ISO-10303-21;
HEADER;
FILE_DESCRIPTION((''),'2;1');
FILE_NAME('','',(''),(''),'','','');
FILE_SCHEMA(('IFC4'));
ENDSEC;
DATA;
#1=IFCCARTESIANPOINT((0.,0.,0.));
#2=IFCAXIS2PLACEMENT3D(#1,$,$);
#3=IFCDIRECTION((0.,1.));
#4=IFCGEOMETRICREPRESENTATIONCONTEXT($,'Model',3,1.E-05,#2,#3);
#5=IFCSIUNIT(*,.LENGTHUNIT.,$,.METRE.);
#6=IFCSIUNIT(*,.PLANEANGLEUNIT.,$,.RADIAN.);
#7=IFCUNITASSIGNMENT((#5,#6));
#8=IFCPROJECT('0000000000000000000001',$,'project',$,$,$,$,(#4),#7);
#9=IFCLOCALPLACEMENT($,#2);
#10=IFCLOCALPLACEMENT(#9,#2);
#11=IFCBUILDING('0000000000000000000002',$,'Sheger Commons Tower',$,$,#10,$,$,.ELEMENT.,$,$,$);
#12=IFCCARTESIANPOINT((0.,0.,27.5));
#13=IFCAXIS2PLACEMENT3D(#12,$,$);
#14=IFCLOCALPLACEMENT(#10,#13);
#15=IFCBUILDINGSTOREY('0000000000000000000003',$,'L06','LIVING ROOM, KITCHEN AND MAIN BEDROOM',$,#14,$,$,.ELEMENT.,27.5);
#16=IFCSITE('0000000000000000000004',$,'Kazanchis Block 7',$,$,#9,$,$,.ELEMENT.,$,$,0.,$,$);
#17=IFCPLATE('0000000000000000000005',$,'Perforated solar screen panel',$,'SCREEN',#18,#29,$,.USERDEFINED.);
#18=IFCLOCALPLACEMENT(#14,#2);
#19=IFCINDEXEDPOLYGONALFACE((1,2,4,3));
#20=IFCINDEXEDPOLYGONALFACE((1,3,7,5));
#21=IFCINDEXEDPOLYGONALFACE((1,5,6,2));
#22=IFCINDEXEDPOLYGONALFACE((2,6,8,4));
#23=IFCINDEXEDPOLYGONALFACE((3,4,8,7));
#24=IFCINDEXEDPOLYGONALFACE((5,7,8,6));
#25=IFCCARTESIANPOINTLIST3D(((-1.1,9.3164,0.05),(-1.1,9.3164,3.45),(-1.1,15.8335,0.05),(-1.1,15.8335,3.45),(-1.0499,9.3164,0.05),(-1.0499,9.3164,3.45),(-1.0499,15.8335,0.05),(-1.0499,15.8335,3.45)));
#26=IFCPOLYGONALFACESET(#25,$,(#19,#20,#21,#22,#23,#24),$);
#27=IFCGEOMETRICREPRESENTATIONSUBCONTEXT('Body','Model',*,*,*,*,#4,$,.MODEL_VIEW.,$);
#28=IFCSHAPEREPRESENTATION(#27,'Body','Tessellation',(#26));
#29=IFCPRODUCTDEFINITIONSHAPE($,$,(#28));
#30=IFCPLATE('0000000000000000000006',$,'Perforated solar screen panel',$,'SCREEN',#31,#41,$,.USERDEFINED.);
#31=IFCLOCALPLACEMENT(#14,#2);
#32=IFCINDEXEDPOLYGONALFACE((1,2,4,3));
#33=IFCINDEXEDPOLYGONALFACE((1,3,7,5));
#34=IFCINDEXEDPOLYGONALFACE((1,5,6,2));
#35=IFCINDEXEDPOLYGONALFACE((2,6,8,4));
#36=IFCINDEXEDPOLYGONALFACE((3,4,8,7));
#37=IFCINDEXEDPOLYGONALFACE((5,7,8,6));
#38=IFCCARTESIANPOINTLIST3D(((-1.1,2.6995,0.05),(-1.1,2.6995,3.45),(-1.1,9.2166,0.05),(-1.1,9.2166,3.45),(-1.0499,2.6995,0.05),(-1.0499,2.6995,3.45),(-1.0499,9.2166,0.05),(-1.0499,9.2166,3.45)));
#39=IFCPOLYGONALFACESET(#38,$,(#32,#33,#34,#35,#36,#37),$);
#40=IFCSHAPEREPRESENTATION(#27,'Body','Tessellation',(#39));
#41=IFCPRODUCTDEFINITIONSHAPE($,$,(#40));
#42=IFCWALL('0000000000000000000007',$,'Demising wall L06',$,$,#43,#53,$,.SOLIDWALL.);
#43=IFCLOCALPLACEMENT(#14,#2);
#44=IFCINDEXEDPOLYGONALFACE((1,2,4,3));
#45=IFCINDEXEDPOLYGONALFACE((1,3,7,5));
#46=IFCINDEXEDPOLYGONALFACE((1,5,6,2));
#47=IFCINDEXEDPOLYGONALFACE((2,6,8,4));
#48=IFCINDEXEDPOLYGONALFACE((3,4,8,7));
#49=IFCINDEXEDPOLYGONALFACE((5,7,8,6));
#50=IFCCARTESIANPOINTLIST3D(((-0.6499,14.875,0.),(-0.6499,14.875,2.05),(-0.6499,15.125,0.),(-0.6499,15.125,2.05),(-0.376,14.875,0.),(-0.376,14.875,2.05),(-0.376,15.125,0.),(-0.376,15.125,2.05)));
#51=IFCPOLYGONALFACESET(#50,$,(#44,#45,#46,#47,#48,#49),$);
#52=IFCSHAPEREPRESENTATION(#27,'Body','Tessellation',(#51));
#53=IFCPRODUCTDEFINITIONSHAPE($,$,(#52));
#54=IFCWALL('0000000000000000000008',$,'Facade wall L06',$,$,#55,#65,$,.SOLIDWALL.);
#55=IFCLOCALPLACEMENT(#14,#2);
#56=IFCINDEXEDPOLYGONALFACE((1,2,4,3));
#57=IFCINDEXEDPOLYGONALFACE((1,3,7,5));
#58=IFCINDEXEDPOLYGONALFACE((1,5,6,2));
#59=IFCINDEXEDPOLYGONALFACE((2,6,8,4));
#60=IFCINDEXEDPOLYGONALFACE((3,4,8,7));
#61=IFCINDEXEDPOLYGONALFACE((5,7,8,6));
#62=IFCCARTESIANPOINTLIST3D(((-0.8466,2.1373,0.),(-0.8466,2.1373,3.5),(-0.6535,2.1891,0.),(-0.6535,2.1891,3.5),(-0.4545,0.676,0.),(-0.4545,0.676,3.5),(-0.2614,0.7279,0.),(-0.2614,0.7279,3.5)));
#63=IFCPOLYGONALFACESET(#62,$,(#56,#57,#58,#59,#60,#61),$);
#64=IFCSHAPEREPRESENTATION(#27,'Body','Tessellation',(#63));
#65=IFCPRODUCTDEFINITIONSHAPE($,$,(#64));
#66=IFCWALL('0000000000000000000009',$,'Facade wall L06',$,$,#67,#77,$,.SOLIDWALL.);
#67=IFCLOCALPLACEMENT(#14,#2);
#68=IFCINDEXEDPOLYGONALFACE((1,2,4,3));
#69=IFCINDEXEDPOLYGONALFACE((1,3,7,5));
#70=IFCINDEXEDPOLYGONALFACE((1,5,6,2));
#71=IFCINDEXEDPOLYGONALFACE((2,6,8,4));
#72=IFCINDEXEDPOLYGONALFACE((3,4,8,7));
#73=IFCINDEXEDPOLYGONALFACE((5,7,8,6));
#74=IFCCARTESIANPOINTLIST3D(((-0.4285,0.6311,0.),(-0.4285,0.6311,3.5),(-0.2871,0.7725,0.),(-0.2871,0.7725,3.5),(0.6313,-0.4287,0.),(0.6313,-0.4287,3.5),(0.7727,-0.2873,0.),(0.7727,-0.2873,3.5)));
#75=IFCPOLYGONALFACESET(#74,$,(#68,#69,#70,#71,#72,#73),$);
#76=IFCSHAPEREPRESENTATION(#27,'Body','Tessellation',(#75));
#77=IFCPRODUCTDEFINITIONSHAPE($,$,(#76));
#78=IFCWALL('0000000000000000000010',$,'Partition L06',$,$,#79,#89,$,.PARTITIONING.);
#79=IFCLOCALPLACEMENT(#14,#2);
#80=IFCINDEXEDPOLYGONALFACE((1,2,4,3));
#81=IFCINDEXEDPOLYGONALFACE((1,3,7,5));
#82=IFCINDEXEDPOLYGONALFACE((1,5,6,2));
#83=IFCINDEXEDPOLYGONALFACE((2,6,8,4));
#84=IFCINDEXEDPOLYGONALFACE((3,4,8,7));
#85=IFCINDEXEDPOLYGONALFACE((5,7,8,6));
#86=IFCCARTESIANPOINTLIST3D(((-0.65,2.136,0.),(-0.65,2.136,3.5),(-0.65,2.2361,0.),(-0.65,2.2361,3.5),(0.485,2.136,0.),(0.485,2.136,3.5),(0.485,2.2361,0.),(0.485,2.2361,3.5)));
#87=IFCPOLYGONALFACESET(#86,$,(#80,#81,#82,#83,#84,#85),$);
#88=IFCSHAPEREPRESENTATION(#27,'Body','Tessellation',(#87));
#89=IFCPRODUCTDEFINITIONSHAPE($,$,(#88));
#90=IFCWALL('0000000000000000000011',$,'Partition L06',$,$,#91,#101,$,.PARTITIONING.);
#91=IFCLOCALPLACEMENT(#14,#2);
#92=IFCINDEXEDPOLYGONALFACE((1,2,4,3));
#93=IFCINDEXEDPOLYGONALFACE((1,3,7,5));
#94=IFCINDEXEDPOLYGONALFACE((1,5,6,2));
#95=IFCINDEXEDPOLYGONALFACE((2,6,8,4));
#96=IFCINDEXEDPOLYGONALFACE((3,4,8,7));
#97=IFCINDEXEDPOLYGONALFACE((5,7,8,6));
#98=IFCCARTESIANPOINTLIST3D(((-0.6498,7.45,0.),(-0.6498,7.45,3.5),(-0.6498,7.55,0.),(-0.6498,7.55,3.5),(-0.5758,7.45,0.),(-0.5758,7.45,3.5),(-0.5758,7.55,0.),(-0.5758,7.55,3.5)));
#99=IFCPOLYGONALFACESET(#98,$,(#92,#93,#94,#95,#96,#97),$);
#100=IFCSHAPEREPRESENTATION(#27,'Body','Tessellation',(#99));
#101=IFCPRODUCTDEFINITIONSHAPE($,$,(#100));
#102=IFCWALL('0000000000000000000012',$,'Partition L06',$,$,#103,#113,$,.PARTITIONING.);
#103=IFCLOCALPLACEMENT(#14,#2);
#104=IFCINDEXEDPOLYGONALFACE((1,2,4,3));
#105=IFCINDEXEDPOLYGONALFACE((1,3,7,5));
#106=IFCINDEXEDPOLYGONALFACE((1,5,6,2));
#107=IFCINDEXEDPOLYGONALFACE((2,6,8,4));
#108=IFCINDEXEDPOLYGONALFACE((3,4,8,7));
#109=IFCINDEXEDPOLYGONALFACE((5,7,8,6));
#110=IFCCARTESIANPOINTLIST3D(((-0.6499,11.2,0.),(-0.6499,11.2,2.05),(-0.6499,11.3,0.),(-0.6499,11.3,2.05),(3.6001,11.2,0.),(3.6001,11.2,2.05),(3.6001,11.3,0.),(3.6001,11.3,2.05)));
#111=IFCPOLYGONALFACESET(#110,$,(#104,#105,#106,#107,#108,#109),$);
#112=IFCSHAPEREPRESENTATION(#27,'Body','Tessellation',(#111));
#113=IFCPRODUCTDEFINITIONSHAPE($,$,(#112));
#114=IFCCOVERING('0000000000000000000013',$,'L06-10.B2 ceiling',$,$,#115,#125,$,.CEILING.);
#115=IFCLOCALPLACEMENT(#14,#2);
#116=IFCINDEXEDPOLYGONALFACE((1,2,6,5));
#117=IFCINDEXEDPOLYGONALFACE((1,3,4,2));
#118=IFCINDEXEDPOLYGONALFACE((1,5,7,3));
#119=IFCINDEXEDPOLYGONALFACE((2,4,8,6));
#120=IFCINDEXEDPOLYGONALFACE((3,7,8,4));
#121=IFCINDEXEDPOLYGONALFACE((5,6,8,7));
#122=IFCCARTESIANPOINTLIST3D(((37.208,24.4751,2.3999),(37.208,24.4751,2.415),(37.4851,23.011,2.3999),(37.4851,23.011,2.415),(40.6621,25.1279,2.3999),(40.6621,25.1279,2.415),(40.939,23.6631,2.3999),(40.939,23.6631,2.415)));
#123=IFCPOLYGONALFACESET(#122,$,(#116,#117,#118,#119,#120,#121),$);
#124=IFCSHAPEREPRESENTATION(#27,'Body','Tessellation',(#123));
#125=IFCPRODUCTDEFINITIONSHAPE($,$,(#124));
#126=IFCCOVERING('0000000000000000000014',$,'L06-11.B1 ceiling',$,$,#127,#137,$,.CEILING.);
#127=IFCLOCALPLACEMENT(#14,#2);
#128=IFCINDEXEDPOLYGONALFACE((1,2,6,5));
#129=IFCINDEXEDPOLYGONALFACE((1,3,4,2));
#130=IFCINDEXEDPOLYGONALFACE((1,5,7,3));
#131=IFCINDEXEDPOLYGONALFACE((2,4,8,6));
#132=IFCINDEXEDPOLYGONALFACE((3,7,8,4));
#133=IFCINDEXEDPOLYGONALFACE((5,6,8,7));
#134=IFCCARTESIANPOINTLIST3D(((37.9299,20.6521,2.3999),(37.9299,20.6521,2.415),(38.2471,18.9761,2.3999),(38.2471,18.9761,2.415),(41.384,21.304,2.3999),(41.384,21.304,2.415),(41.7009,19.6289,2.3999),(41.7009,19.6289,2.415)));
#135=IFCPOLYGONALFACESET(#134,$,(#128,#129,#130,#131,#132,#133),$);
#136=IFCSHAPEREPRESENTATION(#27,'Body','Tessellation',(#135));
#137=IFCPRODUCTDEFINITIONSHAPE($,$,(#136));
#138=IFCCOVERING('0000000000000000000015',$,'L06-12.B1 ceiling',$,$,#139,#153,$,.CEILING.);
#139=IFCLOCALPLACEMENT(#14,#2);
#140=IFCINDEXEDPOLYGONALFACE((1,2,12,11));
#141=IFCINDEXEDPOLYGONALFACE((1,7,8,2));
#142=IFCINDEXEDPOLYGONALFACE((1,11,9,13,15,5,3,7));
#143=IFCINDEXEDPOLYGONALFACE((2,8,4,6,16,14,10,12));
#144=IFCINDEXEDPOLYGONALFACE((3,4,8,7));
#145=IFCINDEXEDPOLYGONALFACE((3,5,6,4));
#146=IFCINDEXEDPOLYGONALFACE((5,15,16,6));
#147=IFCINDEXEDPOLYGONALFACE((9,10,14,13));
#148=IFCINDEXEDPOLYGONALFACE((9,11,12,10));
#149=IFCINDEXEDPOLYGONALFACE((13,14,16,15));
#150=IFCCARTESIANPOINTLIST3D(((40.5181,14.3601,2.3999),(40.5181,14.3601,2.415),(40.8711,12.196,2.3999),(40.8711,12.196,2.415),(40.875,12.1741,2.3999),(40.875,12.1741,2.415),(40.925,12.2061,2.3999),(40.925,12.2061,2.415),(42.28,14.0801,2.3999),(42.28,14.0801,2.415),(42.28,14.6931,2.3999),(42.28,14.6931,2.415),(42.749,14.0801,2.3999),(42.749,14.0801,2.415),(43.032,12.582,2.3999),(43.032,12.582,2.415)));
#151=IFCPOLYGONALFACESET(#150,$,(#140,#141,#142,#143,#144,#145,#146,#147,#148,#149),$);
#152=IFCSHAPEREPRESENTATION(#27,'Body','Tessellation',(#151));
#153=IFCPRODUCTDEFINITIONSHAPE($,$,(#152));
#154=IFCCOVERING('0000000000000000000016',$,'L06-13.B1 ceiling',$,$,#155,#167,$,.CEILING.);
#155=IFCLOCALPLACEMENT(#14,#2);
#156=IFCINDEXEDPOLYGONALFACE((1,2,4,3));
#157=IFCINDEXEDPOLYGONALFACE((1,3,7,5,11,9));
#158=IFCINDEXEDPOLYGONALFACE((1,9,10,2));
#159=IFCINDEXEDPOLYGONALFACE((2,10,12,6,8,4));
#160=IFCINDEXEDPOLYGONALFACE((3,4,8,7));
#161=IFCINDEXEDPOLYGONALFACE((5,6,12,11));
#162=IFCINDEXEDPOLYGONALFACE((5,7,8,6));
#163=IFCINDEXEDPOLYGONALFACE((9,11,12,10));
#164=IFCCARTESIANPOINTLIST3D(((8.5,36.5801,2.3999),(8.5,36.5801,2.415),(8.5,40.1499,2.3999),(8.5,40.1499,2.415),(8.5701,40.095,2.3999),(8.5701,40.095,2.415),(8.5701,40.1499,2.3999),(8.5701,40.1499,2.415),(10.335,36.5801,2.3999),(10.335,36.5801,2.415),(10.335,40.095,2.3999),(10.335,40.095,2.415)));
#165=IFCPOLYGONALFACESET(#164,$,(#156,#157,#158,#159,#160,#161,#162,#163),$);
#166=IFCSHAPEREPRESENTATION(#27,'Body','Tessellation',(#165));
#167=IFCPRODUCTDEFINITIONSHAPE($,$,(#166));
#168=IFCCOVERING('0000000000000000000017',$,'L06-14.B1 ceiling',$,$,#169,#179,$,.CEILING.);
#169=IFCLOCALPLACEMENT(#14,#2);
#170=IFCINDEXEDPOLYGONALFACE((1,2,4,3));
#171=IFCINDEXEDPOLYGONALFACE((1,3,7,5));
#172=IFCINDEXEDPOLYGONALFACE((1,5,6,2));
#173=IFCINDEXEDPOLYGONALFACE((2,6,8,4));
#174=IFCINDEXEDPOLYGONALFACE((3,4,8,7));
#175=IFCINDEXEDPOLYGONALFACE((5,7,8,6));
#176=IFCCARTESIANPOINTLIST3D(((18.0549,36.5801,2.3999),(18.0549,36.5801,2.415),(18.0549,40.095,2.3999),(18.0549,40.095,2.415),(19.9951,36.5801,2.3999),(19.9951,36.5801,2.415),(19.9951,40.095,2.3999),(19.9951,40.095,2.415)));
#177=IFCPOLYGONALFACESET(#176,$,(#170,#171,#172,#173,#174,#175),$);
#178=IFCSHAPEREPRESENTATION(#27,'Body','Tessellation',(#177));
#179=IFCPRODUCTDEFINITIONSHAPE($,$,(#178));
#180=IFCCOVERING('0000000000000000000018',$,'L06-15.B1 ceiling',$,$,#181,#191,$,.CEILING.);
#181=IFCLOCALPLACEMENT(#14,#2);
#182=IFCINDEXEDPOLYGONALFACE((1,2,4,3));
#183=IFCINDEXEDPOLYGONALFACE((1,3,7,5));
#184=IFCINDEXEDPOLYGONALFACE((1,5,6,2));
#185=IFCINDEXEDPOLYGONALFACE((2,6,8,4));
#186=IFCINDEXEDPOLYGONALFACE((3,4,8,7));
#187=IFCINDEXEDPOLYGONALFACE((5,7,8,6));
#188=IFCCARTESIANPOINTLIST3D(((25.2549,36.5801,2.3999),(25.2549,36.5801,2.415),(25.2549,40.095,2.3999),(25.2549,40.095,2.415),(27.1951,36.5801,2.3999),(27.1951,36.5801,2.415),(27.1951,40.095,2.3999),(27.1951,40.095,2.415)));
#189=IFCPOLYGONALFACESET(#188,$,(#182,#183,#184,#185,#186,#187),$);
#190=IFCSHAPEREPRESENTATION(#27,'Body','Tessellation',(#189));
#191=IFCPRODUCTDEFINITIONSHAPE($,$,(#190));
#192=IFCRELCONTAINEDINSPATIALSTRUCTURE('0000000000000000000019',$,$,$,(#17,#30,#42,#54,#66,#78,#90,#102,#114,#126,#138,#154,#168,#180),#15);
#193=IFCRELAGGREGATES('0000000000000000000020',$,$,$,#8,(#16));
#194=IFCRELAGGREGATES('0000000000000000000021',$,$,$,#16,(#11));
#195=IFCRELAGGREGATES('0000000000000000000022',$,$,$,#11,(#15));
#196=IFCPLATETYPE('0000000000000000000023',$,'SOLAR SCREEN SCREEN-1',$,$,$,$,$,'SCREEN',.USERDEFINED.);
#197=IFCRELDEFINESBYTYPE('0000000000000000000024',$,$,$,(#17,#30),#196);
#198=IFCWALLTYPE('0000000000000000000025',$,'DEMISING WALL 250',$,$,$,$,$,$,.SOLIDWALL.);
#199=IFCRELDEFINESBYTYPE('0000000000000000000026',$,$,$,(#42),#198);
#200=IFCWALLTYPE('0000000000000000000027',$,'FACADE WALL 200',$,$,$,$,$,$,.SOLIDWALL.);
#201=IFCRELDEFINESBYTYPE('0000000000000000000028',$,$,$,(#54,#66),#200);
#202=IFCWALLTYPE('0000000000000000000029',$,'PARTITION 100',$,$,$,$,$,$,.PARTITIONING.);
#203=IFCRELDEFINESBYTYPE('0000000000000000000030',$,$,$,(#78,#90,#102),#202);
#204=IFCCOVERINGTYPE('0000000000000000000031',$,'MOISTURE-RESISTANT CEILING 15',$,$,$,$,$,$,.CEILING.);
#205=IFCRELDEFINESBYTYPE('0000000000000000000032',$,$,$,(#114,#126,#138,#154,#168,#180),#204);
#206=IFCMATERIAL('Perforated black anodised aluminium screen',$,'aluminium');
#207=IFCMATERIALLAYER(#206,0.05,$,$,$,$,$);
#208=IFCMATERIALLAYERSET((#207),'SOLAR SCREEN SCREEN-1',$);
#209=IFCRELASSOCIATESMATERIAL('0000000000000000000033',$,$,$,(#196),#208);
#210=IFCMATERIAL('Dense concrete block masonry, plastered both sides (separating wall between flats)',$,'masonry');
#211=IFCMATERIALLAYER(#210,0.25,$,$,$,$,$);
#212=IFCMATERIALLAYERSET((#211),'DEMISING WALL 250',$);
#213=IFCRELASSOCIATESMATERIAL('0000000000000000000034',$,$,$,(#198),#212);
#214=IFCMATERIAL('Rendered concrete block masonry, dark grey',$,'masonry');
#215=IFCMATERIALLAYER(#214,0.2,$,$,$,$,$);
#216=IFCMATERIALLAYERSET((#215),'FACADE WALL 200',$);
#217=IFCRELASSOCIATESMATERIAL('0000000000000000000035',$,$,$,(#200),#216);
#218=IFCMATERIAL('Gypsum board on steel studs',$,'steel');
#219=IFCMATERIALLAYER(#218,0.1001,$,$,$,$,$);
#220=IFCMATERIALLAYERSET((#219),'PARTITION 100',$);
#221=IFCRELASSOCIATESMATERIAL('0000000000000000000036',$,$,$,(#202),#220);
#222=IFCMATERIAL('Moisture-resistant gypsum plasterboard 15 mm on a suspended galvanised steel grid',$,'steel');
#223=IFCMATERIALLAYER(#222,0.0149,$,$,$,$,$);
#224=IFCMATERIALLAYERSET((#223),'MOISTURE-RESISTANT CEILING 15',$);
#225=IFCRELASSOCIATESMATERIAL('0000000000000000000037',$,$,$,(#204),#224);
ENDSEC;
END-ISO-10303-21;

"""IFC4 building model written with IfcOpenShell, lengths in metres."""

from ifc_helpers import new_model, si_unit, direction, frame, frame_2d, origin, origin_2d, place, context, subcontext, project, spatial, polyline, rectangle, outline, extrude, material, layer, layer_set, type_object, element, save


model = new_model("IFC4")

# Units and contexts
model_context = context("Model", 3, precision=1e-05, world=origin(), true_north=direction((0.0, 1.0)))
body_context = subcontext(model_context, "Body", "Model", "MODEL_VIEW")
ifc_project = project(units=[si_unit("LENGTHUNIT", "METRE"), si_unit("PLANEANGLEUNIT", "RADIAN")], contexts=[model_context])

# Site, building, storey
site_placement = place(None, origin())
site = spatial("IfcSite", under=ifc_project, at=site_placement, Name="Kazanchis Block 7", CompositionType="ELEMENT", RefElevation=0.0)
building_placement = place(site_placement, origin())
building = spatial("IfcBuilding", under=site, at=building_placement, Name="Sheger Commons Tower", CompositionType="ELEMENT")
storey_placement = place(building_placement, frame((0.0, 0.0, 27.5)))
storey = spatial("IfcBuildingStorey", under=building, at=storey_placement, Name="L06", Description="LIVING ROOM, KITCHEN AND MAIN BEDROOM", CompositionType="ELEMENT", Elevation=27.5)

# Plates
ifc_material_1 = material(Name="Perforated black anodised aluminium screen", Category="aluminium")
ifc_layer_1 = layer(ifc_material_1, 0.05)
ifc_layer_set_1 = layer_set([ifc_layer_1], Name="SOLAR SCREEN SCREEN-1")
plate_type = type_object("IfcPlateType", Name="SOLAR SCREEN SCREEN-1", ElementType="SCREEN", PredefinedType="USERDEFINED", material=ifc_layer_set_1)
for number, where, z_axis, x_axis, name in (
    (1, (-1.075, 12.575, 0.05), (0.0, 0.0, 1.0), (0.0, -1.0, 0.0), "Perforated solar screen panel"),
    (2, (-1.075, 5.958, 0.05), (0.0, 0.0, 1.0), (0.0, -1.0, 0.0), "Perforated solar screen panel"),
):
    element("IfcPlate", number, at=place(storey_placement, frame(where, z_axis=z_axis, x_axis=x_axis)), inside=storey, type_object=plate_type, Name=name, ObjectType="SCREEN", PredefinedType="USERDEFINED", context=body_context, shape_type="SweptSolid", body=[
        extrude(rectangle(XDim=6.5171, YDim=0.05, at=origin_2d()), origin(), (0.0, 0.0, 1.0), 3.3999),
    ])

# Walls
ifc_material_2 = material(Name="Dense concrete block masonry, plastered both sides (separating wall between flats)", Category="masonry")
ifc_layer_2 = layer(ifc_material_2, 0.25)
ifc_layer_set_2 = layer_set([ifc_layer_2], Name="DEMISING WALL 250")
wall_type_1 = type_object("IfcWallType", Name="DEMISING WALL 250", PredefinedType="SOLIDWALL", material=ifc_layer_set_2)
wall_1_placement = place(storey_placement, frame((-0.6499, 15.0, 0.0), z_axis=(0.0, 0.0, 1.0), x_axis=(1.0, 0.0, 0.0)))
element("IfcWall", 3, at=wall_1_placement, inside=storey, type_object=wall_type_1, Name="Demising wall L06", PredefinedType="SOLIDWALL", context=body_context, shape_type="SweptSolid", body=[
    extrude(rectangle(XDim=0.2739, YDim=0.25, at=frame_2d((0.137, 0.0))), origin(), (0.0, 0.0, 1.0), 2.05),
])
ifc_material_3 = material(Name="Rendered concrete block masonry, dark grey", Category="masonry")
ifc_layer_3 = layer(ifc_material_3, 0.2)
ifc_layer_set_3 = layer_set([ifc_layer_3], Name="FACADE WALL 200")
wall_type_2 = type_object("IfcWallType", Name="FACADE WALL 200", PredefinedType="SOLIDWALL", material=ifc_layer_set_3)
wall_2_placement = place(storey_placement, frame((-0.75, 2.1631, 0.0), z_axis=(0.0, 0.0, 1.0), x_axis=(0.259169, -0.965832, 0.0)))
element("IfcWall", 4, at=wall_2_placement, inside=storey, type_object=wall_type_2, Name="Facade wall L06", PredefinedType="SOLIDWALL", context=body_context, shape_type="SweptSolid", body=[
    extrude(rectangle(XDim=1.5129, YDim=0.2, at=frame_2d((0.7563, 0.0))), origin(), (0.0, 0.0, 1.0), 3.5),
])
wall_3_placement = place(storey_placement, frame((-0.3579, 0.7019, 0.0), z_axis=(0.0, 0.0, 1.0), x_axis=(0.707107, -0.707107, 0.0)))
element("IfcWall", 5, at=wall_3_placement, inside=storey, type_object=wall_type_2, Name="Facade wall L06", PredefinedType="SOLIDWALL", context=body_context, shape_type="SweptSolid", body=[
    extrude(rectangle(XDim=1.4988, YDim=0.2, at=frame_2d((0.7495, 0.0))), origin(), (0.0, 0.0, 1.0), 3.5),
])
ifc_material_4 = material(Name="Gypsum board on steel studs", Category="steel")
ifc_layer_4 = layer(ifc_material_4, 0.1001)
ifc_layer_set_4 = layer_set([ifc_layer_4], Name="PARTITION 100")
wall_type_3 = type_object("IfcWallType", Name="PARTITION 100", PredefinedType="PARTITIONING", material=ifc_layer_set_4)
wall_4_placement = place(storey_placement, frame((-0.6499, 2.186, 0.0), z_axis=(0.0, 0.0, 1.0), x_axis=(1.0, 0.0, 0.0)))
element("IfcWall", 6, at=wall_4_placement, inside=storey, type_object=wall_type_3, Name="Partition L06", PredefinedType="PARTITIONING", context=body_context, shape_type="SweptSolid", body=[
    extrude(rectangle(XDim=1.135, YDim=0.1001, at=frame_2d((0.5674, 0.0))), origin(), (0.0, 0.0, 1.0), 3.5),
])
wall_5_placement = place(storey_placement, frame((-0.6499, 7.5, 0.0), z_axis=(0.0, 0.0, 1.0), x_axis=(1.0, 0.0, 0.0)))
element("IfcWall", 7, at=wall_5_placement, inside=storey, type_object=wall_type_3, Name="Partition L06", PredefinedType="PARTITIONING", context=body_context, shape_type="SweptSolid", body=[
    extrude(rectangle(XDim=0.074, YDim=0.1001, at=frame_2d((0.0371, 0.0))), origin(), (0.0, 0.0, 1.0), 3.5),
])
wall_6_placement = place(storey_placement, frame((-0.6499, 11.25, 0.0), z_axis=(0.0, 0.0, 1.0), x_axis=(1.0, 0.0, 0.0)))
element("IfcWall", 8, at=wall_6_placement, inside=storey, type_object=wall_type_3, Name="Partition L06", PredefinedType="PARTITIONING", context=body_context, shape_type="SweptSolid", body=[
    extrude(rectangle(XDim=4.25, YDim=0.1001, at=frame_2d((2.125, 0.0))), origin(), (0.0, 0.0, 1.0), 2.05),
])

# Coverings
ifc_material_5 = material(Name="Moisture-resistant gypsum plasterboard 15 mm on a suspended galvanised steel grid", Category="steel")
ifc_layer_5 = layer(ifc_material_5, 0.0149)
ifc_layer_set_5 = layer_set([ifc_layer_5], Name="MOISTURE-RESISTANT CEILING 15")
covering_type_1 = type_object("IfcCoveringType", Name="MOISTURE-RESISTANT CEILING 15", PredefinedType="CEILING", material=ifc_layer_set_5)
covering_1_placement = place(storey_placement, frame((0.0, 0.0, 2.3999)))
element("IfcCovering", 9, at=covering_1_placement, inside=storey, type_object=covering_type_1, Name="L06-10.B2 ceiling", PredefinedType="CEILING", context=body_context, shape_type="SweptSolid", body=[
    extrude(outline(polyline([(37.4851, 23.011), (40.939, 23.6631), (40.6621, 25.1279), (37.208, 24.4751), (37.4851, 23.011)])), origin(), (0.0, 0.0, 1.0), 0.0151),
])
covering_2_placement = place(storey_placement, frame((0.0, 0.0, 2.3999)))
element("IfcCovering", 10, at=covering_2_placement, inside=storey, type_object=covering_type_1, Name="L06-11.B1 ceiling", PredefinedType="CEILING", context=body_context, shape_type="SweptSolid", body=[
    extrude(outline(polyline([(38.2471, 18.9761), (41.7009, 19.6289), (41.384, 21.304), (37.9299, 20.6521), (38.2471, 18.9761)])), origin(), (0.0, 0.0, 1.0), 0.0151),
])
covering_3_placement = place(storey_placement, frame((0.0, 0.0, 2.3999)))
element("IfcCovering", 11, at=covering_3_placement, inside=storey, type_object=covering_type_1, Name="L06-12.B1 ceiling", PredefinedType="CEILING", context=body_context, shape_type="SweptSolid", body=[
    extrude(outline(polyline([(40.875, 12.1741), (43.032, 12.582), (42.749, 14.0801), (42.28, 14.0801), (42.28, 14.6931), (40.5181, 14.3601), (40.925, 12.2061), (40.8711, 12.196), (40.875, 12.1741)])), origin(), (0.0, 0.0, 1.0), 0.0151),
])
covering_4_placement = place(storey_placement, frame((0.0, 0.0, 2.3999)))
element("IfcCovering", 12, at=covering_4_placement, inside=storey, type_object=covering_type_1, Name="L06-13.B1 ceiling", PredefinedType="CEILING", context=body_context, shape_type="SweptSolid", body=[
    extrude(outline(polyline([(8.5, 36.5801), (10.335, 36.5801), (10.335, 40.095), (8.5701, 40.095), (8.5701, 40.1499), (8.5, 40.1499), (8.5, 36.5801)])), origin(), (0.0, 0.0, 1.0), 0.0151),
])
covering_5_placement = place(storey_placement, frame((0.0, 0.0, 2.3999)))
element("IfcCovering", 13, at=covering_5_placement, inside=storey, type_object=covering_type_1, Name="L06-14.B1 ceiling", PredefinedType="CEILING", context=body_context, shape_type="SweptSolid", body=[
    extrude(outline(polyline([(18.0549, 36.5801), (19.9951, 36.5801), (19.9951, 40.095), (18.0549, 40.095), (18.0549, 36.5801)])), origin(), (0.0, 0.0, 1.0), 0.0151),
])
covering_6_placement = place(storey_placement, frame((0.0, 0.0, 2.3999)))
element("IfcCovering", 14, at=covering_6_placement, inside=storey, type_object=covering_type_1, Name="L06-15.B1 ceiling", PredefinedType="CEILING", context=body_context, shape_type="SweptSolid", body=[
    extrude(outline(polyline([(25.2549, 36.5801), (27.1951, 36.5801), (27.1951, 40.095), (25.2549, 40.095), (25.2549, 36.5801)])), origin(), (0.0, 0.0, 1.0), 0.0151),
])

save(model, "model.ifc")
